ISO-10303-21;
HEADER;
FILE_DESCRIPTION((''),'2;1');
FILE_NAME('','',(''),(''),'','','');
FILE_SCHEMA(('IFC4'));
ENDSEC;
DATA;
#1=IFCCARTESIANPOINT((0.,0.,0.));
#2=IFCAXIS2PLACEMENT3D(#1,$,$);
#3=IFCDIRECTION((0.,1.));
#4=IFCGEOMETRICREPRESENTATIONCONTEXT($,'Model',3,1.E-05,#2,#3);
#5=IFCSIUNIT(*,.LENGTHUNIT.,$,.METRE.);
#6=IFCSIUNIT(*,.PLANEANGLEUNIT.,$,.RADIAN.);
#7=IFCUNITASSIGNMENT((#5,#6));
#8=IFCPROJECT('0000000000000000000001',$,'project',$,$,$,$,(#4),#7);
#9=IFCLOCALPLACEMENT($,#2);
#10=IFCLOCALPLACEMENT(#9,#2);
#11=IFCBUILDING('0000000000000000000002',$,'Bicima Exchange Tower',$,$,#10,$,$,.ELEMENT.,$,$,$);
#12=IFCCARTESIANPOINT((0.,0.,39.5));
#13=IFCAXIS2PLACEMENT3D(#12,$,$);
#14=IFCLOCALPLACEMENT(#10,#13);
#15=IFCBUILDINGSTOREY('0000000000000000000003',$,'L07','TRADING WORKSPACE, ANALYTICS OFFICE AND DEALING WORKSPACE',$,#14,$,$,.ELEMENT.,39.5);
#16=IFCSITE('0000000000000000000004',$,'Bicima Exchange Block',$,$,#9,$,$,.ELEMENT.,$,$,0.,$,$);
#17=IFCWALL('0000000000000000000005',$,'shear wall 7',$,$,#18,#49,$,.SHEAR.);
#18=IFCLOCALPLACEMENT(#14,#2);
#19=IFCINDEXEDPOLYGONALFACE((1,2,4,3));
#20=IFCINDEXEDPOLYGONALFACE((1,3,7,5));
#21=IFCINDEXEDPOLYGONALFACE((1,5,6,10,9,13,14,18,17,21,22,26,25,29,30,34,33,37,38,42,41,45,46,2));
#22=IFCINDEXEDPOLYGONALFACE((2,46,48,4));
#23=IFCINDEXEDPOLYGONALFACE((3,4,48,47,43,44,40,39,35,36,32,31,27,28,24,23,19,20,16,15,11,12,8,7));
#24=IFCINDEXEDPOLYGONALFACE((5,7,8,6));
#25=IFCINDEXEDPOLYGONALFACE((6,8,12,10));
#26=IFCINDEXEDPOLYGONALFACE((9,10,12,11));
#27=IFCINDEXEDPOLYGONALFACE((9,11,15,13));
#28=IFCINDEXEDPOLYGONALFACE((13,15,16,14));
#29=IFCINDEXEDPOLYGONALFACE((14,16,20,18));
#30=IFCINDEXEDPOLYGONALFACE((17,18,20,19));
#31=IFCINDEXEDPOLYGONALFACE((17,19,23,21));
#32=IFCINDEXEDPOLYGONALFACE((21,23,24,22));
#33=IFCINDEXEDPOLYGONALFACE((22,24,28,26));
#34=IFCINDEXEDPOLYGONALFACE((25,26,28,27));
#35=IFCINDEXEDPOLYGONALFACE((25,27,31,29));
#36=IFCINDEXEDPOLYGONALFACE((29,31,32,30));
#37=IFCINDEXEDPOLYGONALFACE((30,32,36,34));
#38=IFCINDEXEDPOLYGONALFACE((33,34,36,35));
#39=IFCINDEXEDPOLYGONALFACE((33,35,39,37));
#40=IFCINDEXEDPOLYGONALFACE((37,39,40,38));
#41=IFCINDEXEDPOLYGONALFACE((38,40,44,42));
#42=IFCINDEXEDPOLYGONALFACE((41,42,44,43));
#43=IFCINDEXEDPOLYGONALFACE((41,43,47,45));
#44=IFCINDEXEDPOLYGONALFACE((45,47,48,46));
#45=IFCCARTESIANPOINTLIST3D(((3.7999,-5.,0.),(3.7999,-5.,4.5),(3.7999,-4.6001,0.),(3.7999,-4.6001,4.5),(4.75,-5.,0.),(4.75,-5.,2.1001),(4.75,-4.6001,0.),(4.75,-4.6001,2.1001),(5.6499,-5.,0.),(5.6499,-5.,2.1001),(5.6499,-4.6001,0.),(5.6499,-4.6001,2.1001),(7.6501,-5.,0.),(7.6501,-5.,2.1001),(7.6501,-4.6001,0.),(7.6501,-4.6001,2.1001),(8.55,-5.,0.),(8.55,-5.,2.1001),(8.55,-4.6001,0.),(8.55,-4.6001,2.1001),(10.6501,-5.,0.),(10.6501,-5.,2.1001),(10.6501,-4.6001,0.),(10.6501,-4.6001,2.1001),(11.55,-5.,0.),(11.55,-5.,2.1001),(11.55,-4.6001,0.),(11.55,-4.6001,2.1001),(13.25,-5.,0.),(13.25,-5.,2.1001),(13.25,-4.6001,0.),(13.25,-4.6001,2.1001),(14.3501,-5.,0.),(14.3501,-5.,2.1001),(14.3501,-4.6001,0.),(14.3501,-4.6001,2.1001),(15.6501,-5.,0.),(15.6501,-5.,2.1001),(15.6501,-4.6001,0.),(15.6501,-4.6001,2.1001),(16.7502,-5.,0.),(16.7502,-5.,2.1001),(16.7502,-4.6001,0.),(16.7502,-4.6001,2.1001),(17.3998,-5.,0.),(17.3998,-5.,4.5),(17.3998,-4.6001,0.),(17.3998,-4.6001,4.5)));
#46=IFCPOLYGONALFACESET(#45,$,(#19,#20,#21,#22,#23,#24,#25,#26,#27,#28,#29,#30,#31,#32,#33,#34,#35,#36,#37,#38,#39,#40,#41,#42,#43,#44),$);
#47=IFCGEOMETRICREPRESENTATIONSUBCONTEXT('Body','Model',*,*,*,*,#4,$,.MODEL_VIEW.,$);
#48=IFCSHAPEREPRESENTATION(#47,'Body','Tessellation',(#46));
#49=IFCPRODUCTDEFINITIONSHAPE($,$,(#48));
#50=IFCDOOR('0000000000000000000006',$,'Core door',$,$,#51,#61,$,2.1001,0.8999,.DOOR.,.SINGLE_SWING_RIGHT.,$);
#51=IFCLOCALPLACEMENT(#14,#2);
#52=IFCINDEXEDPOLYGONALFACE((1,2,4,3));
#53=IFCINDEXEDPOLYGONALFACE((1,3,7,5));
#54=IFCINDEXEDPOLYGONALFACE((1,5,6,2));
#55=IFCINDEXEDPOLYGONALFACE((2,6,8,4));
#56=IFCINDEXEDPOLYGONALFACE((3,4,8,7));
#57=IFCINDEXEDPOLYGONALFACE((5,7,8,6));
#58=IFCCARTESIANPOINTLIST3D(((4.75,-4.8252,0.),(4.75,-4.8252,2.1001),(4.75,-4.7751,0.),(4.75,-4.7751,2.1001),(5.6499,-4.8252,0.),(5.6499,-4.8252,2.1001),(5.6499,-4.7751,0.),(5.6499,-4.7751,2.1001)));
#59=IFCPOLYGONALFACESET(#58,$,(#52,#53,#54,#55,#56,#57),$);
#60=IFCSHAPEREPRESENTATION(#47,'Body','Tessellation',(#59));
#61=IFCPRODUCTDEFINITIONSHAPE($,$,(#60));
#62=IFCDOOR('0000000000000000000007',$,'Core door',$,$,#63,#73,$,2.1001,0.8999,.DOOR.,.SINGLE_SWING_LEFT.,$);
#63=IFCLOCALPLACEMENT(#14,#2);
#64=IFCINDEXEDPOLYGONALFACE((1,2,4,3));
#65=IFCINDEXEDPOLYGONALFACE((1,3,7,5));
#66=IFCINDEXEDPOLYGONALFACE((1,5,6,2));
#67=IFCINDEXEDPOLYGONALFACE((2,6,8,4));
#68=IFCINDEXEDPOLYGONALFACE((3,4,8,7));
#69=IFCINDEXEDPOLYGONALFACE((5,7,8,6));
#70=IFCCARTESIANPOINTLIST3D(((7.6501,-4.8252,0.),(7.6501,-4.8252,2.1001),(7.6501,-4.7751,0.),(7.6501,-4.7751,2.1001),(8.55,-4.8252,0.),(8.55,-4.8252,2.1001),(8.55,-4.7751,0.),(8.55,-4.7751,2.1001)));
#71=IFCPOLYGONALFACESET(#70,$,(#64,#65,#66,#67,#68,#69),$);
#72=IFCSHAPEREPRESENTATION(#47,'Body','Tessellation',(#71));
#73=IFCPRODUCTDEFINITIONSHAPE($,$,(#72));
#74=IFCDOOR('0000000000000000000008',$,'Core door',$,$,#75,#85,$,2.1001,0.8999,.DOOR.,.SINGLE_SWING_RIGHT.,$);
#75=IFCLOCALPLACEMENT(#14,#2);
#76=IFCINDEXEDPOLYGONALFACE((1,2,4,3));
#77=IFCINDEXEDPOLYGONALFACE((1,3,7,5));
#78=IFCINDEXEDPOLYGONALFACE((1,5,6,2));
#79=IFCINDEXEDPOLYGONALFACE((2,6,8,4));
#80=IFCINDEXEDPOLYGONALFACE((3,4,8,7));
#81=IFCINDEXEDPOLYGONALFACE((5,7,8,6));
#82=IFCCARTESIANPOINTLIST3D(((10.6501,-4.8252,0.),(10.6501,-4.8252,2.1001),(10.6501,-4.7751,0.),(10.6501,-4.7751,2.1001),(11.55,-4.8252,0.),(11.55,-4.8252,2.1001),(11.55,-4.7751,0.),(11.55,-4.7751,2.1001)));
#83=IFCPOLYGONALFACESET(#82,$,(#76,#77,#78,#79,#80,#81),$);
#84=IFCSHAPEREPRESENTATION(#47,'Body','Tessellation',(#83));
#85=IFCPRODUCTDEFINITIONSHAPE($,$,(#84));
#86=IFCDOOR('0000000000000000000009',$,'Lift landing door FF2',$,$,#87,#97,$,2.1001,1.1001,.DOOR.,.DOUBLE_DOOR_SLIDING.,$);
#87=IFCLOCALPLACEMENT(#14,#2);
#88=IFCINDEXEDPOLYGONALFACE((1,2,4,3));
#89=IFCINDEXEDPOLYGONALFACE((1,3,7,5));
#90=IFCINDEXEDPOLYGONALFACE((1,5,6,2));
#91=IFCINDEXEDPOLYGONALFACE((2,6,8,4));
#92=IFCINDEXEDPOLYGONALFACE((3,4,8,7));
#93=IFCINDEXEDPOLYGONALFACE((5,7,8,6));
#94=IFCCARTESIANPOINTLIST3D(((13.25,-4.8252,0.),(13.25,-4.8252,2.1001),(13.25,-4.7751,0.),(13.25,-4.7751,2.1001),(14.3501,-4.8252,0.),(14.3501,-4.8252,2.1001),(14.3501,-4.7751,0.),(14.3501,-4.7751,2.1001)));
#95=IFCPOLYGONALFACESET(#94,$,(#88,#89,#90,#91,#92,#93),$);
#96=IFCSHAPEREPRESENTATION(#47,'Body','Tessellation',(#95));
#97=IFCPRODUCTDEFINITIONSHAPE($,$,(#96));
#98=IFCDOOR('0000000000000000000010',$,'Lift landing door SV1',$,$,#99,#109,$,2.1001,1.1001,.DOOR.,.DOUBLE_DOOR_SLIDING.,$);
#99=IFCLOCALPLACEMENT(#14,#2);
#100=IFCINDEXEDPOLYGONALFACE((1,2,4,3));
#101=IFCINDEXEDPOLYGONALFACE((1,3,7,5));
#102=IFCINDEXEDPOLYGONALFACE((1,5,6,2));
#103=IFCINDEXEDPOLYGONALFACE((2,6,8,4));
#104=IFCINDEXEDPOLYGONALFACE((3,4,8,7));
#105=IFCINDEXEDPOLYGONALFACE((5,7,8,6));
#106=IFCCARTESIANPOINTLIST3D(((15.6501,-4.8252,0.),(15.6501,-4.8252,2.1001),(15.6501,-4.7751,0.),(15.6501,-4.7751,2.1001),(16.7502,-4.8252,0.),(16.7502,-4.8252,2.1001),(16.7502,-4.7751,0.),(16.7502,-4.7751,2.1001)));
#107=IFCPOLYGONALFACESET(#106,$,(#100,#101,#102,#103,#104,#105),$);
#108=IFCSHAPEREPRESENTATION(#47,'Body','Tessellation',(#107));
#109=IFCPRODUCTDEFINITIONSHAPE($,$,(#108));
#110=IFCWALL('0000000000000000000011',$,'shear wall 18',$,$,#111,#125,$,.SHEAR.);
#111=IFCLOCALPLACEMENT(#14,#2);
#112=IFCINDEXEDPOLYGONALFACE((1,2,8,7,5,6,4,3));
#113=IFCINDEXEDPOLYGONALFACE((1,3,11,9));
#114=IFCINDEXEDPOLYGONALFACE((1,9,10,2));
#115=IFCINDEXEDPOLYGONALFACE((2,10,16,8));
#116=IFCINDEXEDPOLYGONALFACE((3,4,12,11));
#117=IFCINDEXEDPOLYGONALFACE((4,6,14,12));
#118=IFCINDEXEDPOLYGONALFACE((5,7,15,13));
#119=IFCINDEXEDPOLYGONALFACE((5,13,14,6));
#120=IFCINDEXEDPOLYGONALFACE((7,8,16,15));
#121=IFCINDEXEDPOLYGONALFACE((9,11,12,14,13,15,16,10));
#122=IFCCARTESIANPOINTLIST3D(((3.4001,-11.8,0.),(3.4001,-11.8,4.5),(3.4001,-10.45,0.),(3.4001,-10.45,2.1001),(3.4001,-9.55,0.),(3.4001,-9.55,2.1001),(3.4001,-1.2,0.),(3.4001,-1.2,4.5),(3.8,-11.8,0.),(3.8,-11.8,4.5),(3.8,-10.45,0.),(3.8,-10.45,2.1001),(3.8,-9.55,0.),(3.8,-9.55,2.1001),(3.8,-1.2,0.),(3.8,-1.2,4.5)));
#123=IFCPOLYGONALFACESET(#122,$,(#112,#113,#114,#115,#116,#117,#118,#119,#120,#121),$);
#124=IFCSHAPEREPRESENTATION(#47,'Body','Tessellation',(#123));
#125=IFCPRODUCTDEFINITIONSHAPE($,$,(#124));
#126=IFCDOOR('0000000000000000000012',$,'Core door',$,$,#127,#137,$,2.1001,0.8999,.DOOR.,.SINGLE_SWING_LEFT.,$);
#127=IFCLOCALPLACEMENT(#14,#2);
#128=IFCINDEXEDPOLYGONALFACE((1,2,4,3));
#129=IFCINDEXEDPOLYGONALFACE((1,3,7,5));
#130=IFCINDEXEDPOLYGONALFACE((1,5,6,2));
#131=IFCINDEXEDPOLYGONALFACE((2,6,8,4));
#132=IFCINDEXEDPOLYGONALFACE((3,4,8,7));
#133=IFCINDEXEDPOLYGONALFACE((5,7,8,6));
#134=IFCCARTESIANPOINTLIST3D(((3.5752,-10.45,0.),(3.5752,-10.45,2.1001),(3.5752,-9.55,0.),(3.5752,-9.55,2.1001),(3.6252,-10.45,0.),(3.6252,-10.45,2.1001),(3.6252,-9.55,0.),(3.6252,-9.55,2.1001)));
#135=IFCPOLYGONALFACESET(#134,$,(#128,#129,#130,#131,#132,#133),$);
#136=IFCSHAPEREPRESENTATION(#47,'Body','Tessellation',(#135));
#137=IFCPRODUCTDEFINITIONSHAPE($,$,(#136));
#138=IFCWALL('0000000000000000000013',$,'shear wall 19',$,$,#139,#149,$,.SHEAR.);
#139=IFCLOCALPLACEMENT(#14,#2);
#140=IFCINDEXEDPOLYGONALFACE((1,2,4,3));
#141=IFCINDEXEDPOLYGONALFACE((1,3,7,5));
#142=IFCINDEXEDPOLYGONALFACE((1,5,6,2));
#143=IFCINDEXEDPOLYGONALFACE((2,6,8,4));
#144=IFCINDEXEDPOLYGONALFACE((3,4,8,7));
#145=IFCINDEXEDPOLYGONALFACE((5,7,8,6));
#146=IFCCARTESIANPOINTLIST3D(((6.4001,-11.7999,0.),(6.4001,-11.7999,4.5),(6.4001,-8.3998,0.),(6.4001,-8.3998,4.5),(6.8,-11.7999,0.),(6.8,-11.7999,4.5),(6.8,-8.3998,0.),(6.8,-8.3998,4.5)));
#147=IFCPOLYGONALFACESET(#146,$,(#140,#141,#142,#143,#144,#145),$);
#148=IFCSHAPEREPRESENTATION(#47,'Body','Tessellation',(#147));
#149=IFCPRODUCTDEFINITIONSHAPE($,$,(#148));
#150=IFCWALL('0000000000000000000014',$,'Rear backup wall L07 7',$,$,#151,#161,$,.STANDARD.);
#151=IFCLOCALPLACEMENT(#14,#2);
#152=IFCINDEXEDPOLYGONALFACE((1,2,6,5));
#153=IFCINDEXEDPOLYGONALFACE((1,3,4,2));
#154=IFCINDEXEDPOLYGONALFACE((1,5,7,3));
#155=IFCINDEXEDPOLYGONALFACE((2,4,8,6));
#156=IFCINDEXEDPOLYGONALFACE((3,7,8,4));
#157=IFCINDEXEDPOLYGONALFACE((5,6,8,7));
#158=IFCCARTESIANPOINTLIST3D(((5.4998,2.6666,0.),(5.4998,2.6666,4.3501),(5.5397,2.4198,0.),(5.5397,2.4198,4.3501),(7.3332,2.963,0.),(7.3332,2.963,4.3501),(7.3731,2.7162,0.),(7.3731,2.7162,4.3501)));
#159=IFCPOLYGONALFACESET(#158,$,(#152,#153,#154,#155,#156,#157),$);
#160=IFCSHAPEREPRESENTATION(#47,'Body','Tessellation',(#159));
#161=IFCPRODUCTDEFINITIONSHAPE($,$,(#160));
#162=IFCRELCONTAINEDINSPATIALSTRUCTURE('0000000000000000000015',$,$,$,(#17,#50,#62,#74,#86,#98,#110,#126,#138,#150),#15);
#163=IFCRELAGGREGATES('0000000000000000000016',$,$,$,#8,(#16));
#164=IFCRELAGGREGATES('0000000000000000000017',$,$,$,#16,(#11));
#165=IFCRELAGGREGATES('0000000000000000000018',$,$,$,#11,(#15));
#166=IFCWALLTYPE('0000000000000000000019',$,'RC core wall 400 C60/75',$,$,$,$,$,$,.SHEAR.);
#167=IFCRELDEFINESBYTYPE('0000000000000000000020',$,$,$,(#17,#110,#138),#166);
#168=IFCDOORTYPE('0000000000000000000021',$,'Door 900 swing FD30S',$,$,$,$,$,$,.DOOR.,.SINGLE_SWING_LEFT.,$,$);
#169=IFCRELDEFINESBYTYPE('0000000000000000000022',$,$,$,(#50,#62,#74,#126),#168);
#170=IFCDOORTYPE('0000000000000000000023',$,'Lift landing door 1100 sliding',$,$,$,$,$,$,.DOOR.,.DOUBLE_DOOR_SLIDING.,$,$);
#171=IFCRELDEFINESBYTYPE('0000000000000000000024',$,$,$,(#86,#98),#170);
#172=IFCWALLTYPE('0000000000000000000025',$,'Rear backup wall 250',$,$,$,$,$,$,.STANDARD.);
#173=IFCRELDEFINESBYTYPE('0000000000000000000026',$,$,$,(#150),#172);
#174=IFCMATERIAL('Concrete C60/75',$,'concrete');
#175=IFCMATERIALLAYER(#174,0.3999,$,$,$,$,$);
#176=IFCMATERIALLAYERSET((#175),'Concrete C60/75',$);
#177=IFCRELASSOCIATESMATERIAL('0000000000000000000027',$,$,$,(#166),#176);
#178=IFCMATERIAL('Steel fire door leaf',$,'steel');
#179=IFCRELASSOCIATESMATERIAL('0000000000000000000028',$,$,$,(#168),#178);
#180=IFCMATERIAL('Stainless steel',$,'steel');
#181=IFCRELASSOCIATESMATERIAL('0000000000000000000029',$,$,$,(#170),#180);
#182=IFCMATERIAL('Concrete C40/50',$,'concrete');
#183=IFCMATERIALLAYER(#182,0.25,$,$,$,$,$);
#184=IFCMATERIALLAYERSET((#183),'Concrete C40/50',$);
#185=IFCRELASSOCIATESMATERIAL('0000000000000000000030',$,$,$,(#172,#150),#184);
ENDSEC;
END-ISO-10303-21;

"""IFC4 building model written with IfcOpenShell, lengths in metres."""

from ifc_helpers import new_model, si_unit, direction, frame, frame_2d, origin, place, context, subcontext, project, spatial, rectangle, extrude, material, layer, layer_set, layer_usage, type_object, element, fill, save


model = new_model("IFC4")

# Units and contexts
model_context = context("Model", 3, precision=1e-05, world=origin(), true_north=direction((0.0, 1.0)))
body_context = subcontext(model_context, "Body", "Model", "MODEL_VIEW")
ifc_project = project(units=[si_unit("LENGTHUNIT", "METRE"), si_unit("PLANEANGLEUNIT", "RADIAN")], contexts=[model_context])

# Site, building, storey
site_placement = place(None, origin())
site = spatial("IfcSite", under=ifc_project, at=site_placement, Name="Bicima Exchange Block", CompositionType="ELEMENT", RefElevation=0.0)
building_placement = place(site_placement, origin())
building = spatial("IfcBuilding", under=site, at=building_placement, Name="Bicima Exchange Tower", CompositionType="ELEMENT")
storey_placement = place(building_placement, frame((0.0, 0.0, 39.5)))
storey = spatial("IfcBuildingStorey", under=building, at=storey_placement, Name="L07", Description="TRADING WORKSPACE, ANALYTICS OFFICE AND DEALING WORKSPACE", CompositionType="ELEMENT", Elevation=39.5)

# Shared definitions
ifc_material_1 = material(Name="Concrete C40/50", Category="concrete")

# Shared definitions
ifc_material_2 = material(Name="Concrete C60/75", Category="concrete")
ifc_layer_1 = layer(ifc_material_2, 0.3999)
ifc_layer_set_1 = layer_set([ifc_layer_1], Name="Concrete C60/75")
wall_type_1 = type_object("IfcWallType", Name="RC core wall 400 C60/75", PredefinedType="SHEAR", material=ifc_layer_set_1)
ifc_material_3 = material(Name="Steel fire door leaf", Category="steel")
door_type_1 = type_object("IfcDoorType", Name="Door 900 swing FD30S", OperationType="SINGLE_SWING_LEFT", PredefinedType="DOOR", material=ifc_material_3)

# Wall, openings, doors
wall_1_placement = place(storey_placement, frame((3.8, -4.8, 0.0), z_axis=(0.0, 0.0, 1.0), x_axis=(1.0, 0.0, 0.0)))
wall_1 = element("IfcWall", 1, at=wall_1_placement, inside=storey, type_object=wall_type_1, Name="shear wall 7", PredefinedType="SHEAR", context=body_context, shape_type="SweptSolid", body=[
    extrude(rectangle(XDim=13.5999, YDim=0.3999, at=frame_2d((6.7998, 0.0))), origin(), (0.0, 0.0, 1.0), 4.5),
])
opening_1_placement = place(wall_1_placement, frame((9.45, 0.0, 0.0)))
opening_1 = element("IfcOpeningElement", 2, at=opening_1_placement, cuts=wall_1, PredefinedType="OPENING", context=body_context, shape_type="SweptSolid", body=[
    extrude(rectangle(XDim=1.1001, YDim=2.1001, at=frame_2d((0.55, 1.05))), frame((0.0, 0.2119, 0.0), z_axis=(0.0, -1.0, 0.0), x_axis=(1.0, 0.0, 0.0)), (0.0, 0.0, 1.0), 0.4238),
])
opening_2_placement = place(wall_1_placement, frame((11.8501, 0.0, 0.0)))
opening_2 = element("IfcOpeningElement", 3, at=opening_2_placement, cuts=wall_1, PredefinedType="OPENING", context=body_context, shape_type="SweptSolid", body=[
    extrude(rectangle(XDim=1.1001, YDim=2.1001, at=frame_2d((0.55, 1.05))), frame((0.0, 0.2119, 0.0), z_axis=(0.0, -1.0, 0.0), x_axis=(1.0, 0.0, 0.0)), (0.0, 0.0, 1.0), 0.4238),
])
opening_3_placement = place(wall_1_placement, frame((0.95, 0.0, 0.0)))
opening_3 = element("IfcOpeningElement", 4, at=opening_3_placement, cuts=wall_1, PredefinedType="OPENING", context=body_context, shape_type="SweptSolid", body=[
    extrude(rectangle(XDim=0.8999, YDim=2.1001, at=frame_2d((0.45, 1.05))), frame((0.0, 0.2119, 0.0), z_axis=(0.0, -1.0, 0.0), x_axis=(1.0, 0.0, 0.0)), (0.0, 0.0, 1.0), 0.4238),
])
opening_4_placement = place(wall_1_placement, frame((3.8501, 0.0, 0.0)))
opening_4 = element("IfcOpeningElement", 5, at=opening_4_placement, cuts=wall_1, PredefinedType="OPENING", context=body_context, shape_type="SweptSolid", body=[
    extrude(rectangle(XDim=0.8999, YDim=2.1001, at=frame_2d((0.45, 1.05))), frame((0.0, 0.2119, 0.0), z_axis=(0.0, -1.0, 0.0), x_axis=(1.0, 0.0, 0.0)), (0.0, 0.0, 1.0), 0.4238),
])
opening_5_placement = place(wall_1_placement, frame((6.8501, 0.0, 0.0)))
opening_5 = element("IfcOpeningElement", 6, at=opening_5_placement, cuts=wall_1, PredefinedType="OPENING", context=body_context, shape_type="SweptSolid", body=[
    extrude(rectangle(XDim=0.8999, YDim=2.1001, at=frame_2d((0.45, 1.05))), frame((0.0, 0.2119, 0.0), z_axis=(0.0, -1.0, 0.0), x_axis=(1.0, 0.0, 0.0)), (0.0, 0.0, 1.0), 0.4238),
])
door_1_placement = place(opening_3_placement, origin())
door_1 = element("IfcDoor", 7, at=door_1_placement, inside=storey, type_object=door_type_1, Name="Core door", OperationType="SINGLE_SWING_RIGHT", OverallHeight=2.1001, OverallWidth=0.8999, PredefinedType="DOOR", context=body_context, shape_type="SweptSolid", body=[
    extrude(rectangle(XDim=0.8999, YDim=2.1001, at=frame_2d((0.45, 1.05))), frame((0.0, 0.0249, 0.0), z_axis=(0.0, -1.0, 0.0), x_axis=(1.0, 0.0, 0.0)), (0.0, 0.0, 1.0), 0.05),
])
fill(opening_3, door_1)
door_2_placement = place(opening_4_placement, origin())
door_2 = element("IfcDoor", 8, at=door_2_placement, inside=storey, type_object=door_type_1, Name="Core door", OperationType="SINGLE_SWING_LEFT", OverallHeight=2.1001, OverallWidth=0.8999, PredefinedType="DOOR", context=body_context, shape_type="SweptSolid", body=[
    extrude(rectangle(XDim=0.8999, YDim=2.1001, at=frame_2d((0.45, 1.05))), frame((0.0, 0.0249, 0.0), z_axis=(0.0, -1.0, 0.0), x_axis=(1.0, 0.0, 0.0)), (0.0, 0.0, 1.0), 0.05),
])
fill(opening_4, door_2)
door_3_placement = place(opening_5_placement, origin())
door_3 = element("IfcDoor", 9, at=door_3_placement, inside=storey, type_object=door_type_1, Name="Core door", OperationType="SINGLE_SWING_RIGHT", OverallHeight=2.1001, OverallWidth=0.8999, PredefinedType="DOOR", context=body_context, shape_type="SweptSolid", body=[
    extrude(rectangle(XDim=0.8999, YDim=2.1001, at=frame_2d((0.45, 1.05))), frame((0.0, 0.0249, 0.0), z_axis=(0.0, -1.0, 0.0), x_axis=(1.0, 0.0, 0.0)), (0.0, 0.0, 1.0), 0.05),
])
fill(opening_5, door_3)
ifc_material_4 = material(Name="Stainless steel", Category="steel")
door_type_2 = type_object("IfcDoorType", Name="Lift landing door 1100 sliding", OperationType="DOUBLE_DOOR_SLIDING", PredefinedType="DOOR", material=ifc_material_4)
door_4_placement = place(opening_1_placement, origin())
door_4 = element("IfcDoor", 10, at=door_4_placement, inside=storey, type_object=door_type_2, Name="Lift landing door FF2", OperationType="DOUBLE_DOOR_SLIDING", OverallHeight=2.1001, OverallWidth=1.1001, PredefinedType="DOOR", context=body_context, shape_type="SweptSolid", body=[
    extrude(rectangle(XDim=1.1001, YDim=2.1001, at=frame_2d((0.55, 1.05))), frame((0.0, 0.0249, 0.0), z_axis=(0.0, -1.0, 0.0), x_axis=(1.0, 0.0, 0.0)), (0.0, 0.0, 1.0), 0.05),
])
fill(opening_1, door_4)
door_5_placement = place(opening_2_placement, origin())
door_5 = element("IfcDoor", 11, at=door_5_placement, inside=storey, type_object=door_type_2, Name="Lift landing door SV1", OperationType="DOUBLE_DOOR_SLIDING", OverallHeight=2.1001, OverallWidth=1.1001, PredefinedType="DOOR", context=body_context, shape_type="SweptSolid", body=[
    extrude(rectangle(XDim=1.1001, YDim=2.1001, at=frame_2d((0.55, 1.05))), frame((0.0, 0.0249, 0.0), z_axis=(0.0, -1.0, 0.0), x_axis=(1.0, 0.0, 0.0)), (0.0, 0.0, 1.0), 0.05),
])
fill(opening_2, door_5)

# Wall, opening, door
wall_2_placement = place(storey_placement, frame((3.6001, -11.8, 0.0), z_axis=(0.0, 0.0, 1.0), x_axis=(0.0, 1.0, 0.0)))
wall_2 = element("IfcWall", 12, at=wall_2_placement, inside=storey, type_object=wall_type_1, Name="shear wall 18", PredefinedType="SHEAR", context=body_context, shape_type="SweptSolid", body=[
    extrude(rectangle(XDim=10.6001, YDim=0.3999, at=frame_2d((5.3, 0.0))), origin(), (0.0, 0.0, 1.0), 4.5),
])
opening_6_placement = place(wall_2_placement, frame((1.3501, 0.0, 0.0)))
opening_6 = element("IfcOpeningElement", 13, at=opening_6_placement, cuts=wall_2, PredefinedType="OPENING", context=body_context, shape_type="SweptSolid", body=[
    extrude(rectangle(XDim=0.8999, YDim=2.1001, at=frame_2d((0.45, 1.05))), frame((0.0, 0.2119, 0.0), z_axis=(0.0, -1.0, 0.0), x_axis=(1.0, 0.0, 0.0)), (0.0, 0.0, 1.0), 0.4238),
])
door_6_placement = place(opening_6_placement, origin())
door_6 = element("IfcDoor", 14, at=door_6_placement, inside=storey, type_object=door_type_1, Name="Core door", OperationType="SINGLE_SWING_LEFT", OverallHeight=2.1001, OverallWidth=0.8999, PredefinedType="DOOR", context=body_context, shape_type="SweptSolid", body=[
    extrude(rectangle(XDim=0.8999, YDim=2.1001, at=frame_2d((0.45, 1.05))), frame((0.0, 0.0249, 0.0), z_axis=(0.0, -1.0, 0.0), x_axis=(1.0, 0.0, 0.0)), (0.0, 0.0, 1.0), 0.05),
])
fill(opening_6, door_6)

# Walls
wall_3_placement = place(storey_placement, frame((6.6001, -11.8, 0.0), z_axis=(0.0, 0.0, 1.0), x_axis=(0.0, 1.0, 0.0)))
element("IfcWall", 15, at=wall_3_placement, inside=storey, type_object=wall_type_1, Name="shear wall 19", PredefinedType="SHEAR", context=body_context, shape_type="SweptSolid", body=[
    extrude(rectangle(XDim=3.4001, YDim=0.3999, at=frame_2d((1.7002, 0.0))), origin(), (0.0, 0.0, 1.0), 4.5),
])
ifc_layer_2 = layer(ifc_material_1, 0.25)
ifc_layer_set_2 = layer_set([ifc_layer_2], Name="Concrete C40/50")
ifc_layer_usage = layer_usage(ifc_layer_set_2, "AXIS2", "POSITIVE", -0.125)
wall_type_2 = type_object("IfcWallType", Name="Rear backup wall 250", PredefinedType="STANDARD", material=ifc_layer_set_2)
wall_4_placement = place(storey_placement, frame((7.3533, 2.8396, 0.0), z_axis=(0.0, 0.0, 1.0), x_axis=(-0.987182, -0.1596, 0.0)))
element("IfcWall", 16, at=wall_4_placement, inside=storey, type_object=wall_type_2, material=ifc_layer_usage, Name="Rear backup wall L07 7", PredefinedType="STANDARD", context=body_context, shape_type="SweptSolid", body=[
    extrude(rectangle(XDim=1.8572, YDim=0.25, at=frame_2d((0.9287, 0.0))), origin(), (0.0, 0.0, 1.0), 4.3501),
])

save(model, "model.ifc")
